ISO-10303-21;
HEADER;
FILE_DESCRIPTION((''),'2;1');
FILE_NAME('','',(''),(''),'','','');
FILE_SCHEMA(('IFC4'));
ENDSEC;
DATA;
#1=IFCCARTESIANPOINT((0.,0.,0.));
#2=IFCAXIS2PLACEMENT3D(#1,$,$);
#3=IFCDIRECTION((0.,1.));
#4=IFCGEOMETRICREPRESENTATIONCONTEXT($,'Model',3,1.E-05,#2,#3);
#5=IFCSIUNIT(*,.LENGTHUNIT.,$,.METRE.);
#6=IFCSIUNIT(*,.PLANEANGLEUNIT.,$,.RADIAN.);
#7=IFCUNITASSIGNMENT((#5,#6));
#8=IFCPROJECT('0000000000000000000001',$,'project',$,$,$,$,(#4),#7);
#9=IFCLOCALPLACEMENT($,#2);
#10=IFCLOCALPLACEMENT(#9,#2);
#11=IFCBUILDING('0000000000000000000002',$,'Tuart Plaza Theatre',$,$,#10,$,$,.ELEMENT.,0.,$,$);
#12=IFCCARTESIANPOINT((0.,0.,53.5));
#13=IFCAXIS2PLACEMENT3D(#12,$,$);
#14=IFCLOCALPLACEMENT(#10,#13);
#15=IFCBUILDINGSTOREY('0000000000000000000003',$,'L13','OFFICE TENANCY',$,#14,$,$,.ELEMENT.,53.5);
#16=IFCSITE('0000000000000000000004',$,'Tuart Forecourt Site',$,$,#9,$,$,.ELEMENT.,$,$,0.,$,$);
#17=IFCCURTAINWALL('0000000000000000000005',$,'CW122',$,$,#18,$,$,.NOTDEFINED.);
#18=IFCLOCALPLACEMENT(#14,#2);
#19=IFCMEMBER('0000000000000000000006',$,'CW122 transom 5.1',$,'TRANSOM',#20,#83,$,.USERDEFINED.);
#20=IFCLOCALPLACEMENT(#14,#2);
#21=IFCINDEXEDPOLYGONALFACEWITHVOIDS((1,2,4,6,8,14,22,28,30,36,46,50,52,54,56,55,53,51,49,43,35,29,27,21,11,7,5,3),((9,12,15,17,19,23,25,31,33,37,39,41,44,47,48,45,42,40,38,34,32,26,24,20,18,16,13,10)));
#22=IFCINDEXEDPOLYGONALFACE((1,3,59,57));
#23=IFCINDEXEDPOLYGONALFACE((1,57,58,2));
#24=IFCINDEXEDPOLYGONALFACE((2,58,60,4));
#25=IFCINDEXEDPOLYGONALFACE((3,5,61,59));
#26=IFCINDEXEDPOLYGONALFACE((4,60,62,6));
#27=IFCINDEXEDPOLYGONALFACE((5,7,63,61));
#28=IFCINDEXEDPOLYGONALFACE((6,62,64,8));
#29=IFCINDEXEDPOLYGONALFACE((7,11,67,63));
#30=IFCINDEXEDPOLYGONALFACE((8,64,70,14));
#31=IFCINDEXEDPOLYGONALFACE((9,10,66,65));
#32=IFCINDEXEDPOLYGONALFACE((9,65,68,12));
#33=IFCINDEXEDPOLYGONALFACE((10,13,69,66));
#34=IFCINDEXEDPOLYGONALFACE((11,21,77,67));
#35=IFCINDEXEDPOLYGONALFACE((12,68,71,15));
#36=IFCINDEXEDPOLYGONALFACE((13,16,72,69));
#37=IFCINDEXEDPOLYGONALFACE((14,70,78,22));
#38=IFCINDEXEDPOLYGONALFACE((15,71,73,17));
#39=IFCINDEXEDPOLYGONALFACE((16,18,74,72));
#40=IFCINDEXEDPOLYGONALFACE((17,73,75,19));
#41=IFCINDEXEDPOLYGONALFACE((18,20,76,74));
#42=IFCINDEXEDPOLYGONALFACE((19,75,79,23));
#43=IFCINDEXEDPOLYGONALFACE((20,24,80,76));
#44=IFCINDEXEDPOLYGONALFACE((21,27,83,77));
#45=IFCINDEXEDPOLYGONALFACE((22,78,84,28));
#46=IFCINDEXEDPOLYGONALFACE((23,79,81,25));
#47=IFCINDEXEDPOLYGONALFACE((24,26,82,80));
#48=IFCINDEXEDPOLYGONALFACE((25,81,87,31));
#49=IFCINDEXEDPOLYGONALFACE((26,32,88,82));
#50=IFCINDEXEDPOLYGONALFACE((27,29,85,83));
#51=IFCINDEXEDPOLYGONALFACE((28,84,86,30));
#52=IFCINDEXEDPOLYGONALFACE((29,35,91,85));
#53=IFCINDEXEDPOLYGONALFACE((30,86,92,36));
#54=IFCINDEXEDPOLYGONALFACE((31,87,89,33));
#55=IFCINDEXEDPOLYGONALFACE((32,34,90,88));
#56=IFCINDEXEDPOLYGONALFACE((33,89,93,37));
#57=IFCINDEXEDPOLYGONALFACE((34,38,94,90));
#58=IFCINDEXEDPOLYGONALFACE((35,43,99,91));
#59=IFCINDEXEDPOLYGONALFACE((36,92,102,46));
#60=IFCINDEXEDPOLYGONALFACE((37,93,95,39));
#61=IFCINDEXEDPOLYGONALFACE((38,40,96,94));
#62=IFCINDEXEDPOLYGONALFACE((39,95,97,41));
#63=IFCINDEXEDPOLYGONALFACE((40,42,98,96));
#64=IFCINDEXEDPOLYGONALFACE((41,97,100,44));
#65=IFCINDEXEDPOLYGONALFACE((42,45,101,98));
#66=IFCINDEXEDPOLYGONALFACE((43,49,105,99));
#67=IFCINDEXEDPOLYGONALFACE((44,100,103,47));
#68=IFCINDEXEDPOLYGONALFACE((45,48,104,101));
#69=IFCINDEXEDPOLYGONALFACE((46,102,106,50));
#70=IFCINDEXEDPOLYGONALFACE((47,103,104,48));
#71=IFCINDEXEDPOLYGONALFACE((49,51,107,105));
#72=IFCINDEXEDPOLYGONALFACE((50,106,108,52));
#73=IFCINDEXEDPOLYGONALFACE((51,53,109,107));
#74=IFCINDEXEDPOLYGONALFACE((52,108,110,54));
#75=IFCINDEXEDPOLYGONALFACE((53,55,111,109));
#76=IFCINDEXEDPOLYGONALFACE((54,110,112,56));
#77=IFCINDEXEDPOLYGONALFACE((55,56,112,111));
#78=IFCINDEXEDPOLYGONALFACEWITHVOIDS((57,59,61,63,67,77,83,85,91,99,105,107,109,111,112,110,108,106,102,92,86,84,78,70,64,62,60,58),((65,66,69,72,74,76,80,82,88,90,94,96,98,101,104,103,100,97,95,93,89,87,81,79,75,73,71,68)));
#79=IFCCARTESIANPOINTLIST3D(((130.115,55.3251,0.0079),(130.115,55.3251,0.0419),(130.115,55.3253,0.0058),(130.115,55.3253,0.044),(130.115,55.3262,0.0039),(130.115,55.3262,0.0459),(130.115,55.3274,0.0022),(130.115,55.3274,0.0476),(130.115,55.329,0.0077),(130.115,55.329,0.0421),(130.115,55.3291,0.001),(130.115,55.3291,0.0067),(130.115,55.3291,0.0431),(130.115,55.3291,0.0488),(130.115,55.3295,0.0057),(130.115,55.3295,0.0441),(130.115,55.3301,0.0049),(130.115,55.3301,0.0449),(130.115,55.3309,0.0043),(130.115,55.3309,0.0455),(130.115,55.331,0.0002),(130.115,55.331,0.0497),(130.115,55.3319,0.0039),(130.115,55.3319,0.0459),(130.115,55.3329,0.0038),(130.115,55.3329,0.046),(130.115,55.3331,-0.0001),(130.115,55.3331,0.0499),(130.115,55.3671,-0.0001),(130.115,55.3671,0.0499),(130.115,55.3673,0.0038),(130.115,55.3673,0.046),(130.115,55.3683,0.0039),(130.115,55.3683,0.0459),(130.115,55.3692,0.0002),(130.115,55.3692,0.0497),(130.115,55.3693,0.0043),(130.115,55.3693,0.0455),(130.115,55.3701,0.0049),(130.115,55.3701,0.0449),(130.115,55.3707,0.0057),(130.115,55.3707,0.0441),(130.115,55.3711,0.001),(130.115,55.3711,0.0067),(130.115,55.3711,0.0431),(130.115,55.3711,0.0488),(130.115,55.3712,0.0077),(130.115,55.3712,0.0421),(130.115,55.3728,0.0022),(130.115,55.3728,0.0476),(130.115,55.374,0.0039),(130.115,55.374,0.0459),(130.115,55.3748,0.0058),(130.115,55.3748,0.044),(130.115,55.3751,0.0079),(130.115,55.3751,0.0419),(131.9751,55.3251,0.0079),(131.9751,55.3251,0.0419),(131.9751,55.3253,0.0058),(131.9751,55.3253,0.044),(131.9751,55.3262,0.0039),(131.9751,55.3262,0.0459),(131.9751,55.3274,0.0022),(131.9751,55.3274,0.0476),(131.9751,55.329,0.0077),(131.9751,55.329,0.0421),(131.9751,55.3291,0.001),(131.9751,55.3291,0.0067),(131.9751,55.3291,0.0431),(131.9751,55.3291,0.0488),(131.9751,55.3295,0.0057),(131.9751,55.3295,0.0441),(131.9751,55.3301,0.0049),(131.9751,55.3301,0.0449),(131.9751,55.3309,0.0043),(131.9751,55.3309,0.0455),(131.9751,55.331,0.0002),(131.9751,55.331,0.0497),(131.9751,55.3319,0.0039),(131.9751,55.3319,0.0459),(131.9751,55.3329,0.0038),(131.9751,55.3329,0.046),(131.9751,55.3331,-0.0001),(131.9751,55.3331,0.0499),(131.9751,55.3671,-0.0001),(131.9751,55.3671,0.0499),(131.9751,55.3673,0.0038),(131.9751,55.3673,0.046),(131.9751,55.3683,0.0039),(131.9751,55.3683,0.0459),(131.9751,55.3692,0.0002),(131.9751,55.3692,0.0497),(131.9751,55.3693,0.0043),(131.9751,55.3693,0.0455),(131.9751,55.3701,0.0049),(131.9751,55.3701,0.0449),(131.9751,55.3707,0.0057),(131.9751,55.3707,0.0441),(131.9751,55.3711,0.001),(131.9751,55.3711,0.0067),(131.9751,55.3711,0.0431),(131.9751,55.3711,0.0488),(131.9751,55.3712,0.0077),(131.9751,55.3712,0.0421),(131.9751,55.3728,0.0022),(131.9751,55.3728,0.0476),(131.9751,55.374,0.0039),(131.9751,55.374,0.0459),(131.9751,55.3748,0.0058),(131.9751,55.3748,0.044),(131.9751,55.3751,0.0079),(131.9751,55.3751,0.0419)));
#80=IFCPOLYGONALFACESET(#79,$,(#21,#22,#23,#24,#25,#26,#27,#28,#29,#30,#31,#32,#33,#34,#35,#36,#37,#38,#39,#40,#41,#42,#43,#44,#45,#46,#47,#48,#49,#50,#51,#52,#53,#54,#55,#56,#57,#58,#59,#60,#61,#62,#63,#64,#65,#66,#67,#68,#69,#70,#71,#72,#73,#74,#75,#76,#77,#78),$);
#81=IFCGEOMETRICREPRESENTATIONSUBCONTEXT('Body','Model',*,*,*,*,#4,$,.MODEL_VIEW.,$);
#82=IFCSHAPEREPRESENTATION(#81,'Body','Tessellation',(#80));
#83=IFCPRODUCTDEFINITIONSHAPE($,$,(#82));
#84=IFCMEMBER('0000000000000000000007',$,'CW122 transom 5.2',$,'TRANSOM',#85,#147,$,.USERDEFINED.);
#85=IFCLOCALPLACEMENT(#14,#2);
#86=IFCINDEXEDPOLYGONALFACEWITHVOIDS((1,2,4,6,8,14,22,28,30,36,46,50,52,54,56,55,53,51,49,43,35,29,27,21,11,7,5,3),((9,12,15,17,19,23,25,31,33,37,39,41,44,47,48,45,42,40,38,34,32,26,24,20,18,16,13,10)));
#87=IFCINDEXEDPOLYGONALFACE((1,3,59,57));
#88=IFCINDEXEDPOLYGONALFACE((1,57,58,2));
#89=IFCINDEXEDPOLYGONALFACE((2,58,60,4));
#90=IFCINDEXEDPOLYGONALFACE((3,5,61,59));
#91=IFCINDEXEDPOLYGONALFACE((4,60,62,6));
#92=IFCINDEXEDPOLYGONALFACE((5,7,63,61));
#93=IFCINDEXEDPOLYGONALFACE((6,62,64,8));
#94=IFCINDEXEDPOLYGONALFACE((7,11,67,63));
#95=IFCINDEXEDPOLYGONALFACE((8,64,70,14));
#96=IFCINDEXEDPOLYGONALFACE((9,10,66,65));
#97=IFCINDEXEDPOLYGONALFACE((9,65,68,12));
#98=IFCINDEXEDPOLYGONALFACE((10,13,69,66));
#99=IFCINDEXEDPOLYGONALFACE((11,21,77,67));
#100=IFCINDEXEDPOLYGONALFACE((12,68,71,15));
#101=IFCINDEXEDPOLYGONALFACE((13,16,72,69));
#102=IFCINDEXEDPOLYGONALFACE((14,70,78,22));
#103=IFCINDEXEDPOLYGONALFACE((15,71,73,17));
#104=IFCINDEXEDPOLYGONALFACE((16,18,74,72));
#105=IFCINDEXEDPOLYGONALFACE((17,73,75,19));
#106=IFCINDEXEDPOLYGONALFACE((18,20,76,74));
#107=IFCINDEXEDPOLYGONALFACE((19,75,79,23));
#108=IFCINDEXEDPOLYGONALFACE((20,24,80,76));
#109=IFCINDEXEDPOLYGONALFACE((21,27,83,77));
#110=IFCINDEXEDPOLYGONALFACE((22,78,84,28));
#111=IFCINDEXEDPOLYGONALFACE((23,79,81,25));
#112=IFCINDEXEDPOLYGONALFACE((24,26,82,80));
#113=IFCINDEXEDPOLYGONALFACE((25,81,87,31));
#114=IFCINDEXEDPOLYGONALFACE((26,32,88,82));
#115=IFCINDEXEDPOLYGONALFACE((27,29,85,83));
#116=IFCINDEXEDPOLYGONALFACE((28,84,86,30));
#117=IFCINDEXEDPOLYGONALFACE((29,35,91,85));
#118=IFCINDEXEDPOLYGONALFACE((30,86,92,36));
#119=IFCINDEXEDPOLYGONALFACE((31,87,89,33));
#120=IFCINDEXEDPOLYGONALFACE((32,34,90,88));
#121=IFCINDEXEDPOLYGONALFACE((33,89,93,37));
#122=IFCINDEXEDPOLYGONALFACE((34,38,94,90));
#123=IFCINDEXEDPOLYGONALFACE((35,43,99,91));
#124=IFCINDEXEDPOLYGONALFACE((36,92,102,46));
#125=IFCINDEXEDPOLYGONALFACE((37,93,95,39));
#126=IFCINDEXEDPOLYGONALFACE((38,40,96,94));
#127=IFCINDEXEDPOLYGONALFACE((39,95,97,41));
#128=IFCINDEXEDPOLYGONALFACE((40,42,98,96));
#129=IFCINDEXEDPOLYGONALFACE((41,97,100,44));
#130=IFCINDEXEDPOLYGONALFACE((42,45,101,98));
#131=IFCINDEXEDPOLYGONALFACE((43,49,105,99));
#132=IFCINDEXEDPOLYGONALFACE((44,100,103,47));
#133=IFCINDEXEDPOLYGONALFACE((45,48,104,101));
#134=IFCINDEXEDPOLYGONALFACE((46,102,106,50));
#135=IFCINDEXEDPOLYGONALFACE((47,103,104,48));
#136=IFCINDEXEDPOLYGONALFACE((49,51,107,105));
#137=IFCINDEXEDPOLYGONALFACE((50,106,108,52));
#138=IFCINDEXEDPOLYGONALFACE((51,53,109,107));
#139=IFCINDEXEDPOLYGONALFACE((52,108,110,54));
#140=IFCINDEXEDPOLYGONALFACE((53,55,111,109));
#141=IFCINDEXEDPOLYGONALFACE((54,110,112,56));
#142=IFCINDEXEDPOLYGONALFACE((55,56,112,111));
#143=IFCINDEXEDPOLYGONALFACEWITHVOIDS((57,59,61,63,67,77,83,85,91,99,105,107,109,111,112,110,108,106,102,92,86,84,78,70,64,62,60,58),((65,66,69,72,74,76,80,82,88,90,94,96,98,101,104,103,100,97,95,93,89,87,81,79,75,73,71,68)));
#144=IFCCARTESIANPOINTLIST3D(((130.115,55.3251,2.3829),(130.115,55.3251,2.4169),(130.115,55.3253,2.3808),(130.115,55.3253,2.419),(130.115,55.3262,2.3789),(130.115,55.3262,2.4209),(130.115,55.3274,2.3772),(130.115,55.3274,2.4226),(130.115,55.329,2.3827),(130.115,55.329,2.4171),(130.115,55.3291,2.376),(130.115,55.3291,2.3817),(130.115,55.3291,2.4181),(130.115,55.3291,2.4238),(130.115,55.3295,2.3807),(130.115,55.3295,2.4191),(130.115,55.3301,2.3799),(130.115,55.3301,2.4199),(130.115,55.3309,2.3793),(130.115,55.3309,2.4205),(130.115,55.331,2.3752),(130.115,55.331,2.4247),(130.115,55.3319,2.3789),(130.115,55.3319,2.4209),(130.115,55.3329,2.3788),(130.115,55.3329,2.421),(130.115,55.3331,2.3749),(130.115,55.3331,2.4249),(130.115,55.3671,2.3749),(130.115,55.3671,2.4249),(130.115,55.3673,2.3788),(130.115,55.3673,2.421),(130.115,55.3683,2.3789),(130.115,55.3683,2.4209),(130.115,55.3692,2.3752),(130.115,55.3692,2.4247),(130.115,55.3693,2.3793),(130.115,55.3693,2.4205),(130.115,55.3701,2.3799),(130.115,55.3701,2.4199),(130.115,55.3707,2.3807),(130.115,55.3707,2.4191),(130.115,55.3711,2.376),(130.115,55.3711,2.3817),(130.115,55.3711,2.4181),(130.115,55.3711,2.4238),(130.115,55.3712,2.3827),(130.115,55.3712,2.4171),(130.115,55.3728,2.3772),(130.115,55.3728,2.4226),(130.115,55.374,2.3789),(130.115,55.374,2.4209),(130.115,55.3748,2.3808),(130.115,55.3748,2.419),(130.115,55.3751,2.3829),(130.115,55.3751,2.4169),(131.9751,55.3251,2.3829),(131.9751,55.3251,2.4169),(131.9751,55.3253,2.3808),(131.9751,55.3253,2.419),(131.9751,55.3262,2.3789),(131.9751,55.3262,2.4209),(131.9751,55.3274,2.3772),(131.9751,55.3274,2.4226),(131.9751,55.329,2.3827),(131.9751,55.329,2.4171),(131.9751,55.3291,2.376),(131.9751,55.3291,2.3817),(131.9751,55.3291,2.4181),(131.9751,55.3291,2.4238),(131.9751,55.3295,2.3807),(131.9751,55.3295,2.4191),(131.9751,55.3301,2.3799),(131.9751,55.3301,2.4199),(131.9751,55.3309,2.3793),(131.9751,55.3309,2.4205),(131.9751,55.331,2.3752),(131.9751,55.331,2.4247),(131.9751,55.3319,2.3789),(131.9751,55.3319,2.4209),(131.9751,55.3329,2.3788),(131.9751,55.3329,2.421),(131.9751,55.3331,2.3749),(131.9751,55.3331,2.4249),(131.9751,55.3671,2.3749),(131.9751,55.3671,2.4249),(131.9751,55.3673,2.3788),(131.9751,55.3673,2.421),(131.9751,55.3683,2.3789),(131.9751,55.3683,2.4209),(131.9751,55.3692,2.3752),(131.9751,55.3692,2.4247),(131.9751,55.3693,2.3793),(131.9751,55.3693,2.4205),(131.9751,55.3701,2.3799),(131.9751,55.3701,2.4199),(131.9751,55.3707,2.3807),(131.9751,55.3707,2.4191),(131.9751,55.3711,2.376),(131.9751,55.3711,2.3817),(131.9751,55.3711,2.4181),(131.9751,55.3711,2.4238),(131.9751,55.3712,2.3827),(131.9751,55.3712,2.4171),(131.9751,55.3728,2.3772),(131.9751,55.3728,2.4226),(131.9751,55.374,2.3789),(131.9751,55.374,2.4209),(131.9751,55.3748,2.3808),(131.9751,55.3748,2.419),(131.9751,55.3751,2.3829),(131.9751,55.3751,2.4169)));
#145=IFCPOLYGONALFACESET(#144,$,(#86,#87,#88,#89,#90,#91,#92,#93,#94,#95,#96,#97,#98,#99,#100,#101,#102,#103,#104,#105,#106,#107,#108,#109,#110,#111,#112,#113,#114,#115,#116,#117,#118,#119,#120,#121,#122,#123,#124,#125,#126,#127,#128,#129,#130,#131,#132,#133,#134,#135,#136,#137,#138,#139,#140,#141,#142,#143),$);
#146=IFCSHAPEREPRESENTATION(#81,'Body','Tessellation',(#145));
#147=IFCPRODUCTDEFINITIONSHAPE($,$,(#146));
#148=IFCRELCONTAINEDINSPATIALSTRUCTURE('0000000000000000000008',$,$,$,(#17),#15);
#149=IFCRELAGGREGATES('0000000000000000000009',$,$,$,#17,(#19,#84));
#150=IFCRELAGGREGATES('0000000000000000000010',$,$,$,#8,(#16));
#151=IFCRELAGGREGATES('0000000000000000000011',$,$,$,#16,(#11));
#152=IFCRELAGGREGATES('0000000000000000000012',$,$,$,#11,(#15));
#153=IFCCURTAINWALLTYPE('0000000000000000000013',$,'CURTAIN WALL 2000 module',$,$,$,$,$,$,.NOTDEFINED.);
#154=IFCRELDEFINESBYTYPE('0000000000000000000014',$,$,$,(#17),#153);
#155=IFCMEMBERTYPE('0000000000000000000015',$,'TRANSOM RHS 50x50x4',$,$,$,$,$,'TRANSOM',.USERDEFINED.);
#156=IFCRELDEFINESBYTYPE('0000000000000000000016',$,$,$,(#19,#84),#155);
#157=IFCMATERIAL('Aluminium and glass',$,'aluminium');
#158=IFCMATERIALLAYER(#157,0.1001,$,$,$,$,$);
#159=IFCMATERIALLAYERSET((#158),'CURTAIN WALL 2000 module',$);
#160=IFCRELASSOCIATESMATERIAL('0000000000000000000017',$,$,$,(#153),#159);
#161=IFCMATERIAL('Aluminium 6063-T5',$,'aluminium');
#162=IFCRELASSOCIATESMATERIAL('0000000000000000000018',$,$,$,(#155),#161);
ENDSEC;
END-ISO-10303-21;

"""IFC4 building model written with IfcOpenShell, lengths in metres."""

from ifc_helpers import new_model, si_unit, direction, frame, origin, origin_2d, place, context, subcontext, project, spatial, hollow_rectangle, extrude, material, layer, layer_set, material_profile, profile_set, type_object, element, aggregate, save


model = new_model("IFC4")

# Units and contexts
model_context = context("Model", 3, precision=1e-05, world=origin(), true_north=direction((0.0, 1.0)))
body_context = subcontext(model_context, "Body", "Model", "MODEL_VIEW")
ifc_project = project(units=[si_unit("LENGTHUNIT", "METRE"), si_unit("PLANEANGLEUNIT", "RADIAN")], contexts=[model_context])

# Site, building, storey
site_placement = place(None, origin())
site = spatial("IfcSite", under=ifc_project, at=site_placement, Name="Tuart Forecourt Site", CompositionType="ELEMENT", RefElevation=0.0)
building_placement = place(site_placement, origin())
building = spatial("IfcBuilding", under=site, at=building_placement, Name="Tuart Plaza Theatre", CompositionType="ELEMENT", ElevationOfRefHeight=0.0)
storey_placement = place(building_placement, frame((0.0, 0.0, 53.5)))
storey = spatial("IfcBuildingStorey", under=building, at=storey_placement, Name="L13", Description="OFFICE TENANCY", CompositionType="ELEMENT", Elevation=53.5)

# Curtain wall, members
ifc_material_1 = material(Name="Aluminium and glass", Category="aluminium")
ifc_layer_1 = layer(ifc_material_1, 0.1001)
ifc_layer_set_1 = layer_set([ifc_layer_1], Name="CURTAIN WALL 2000 module")
curtain_wall_type = type_object("IfcCurtainWallType", Name="CURTAIN WALL 2000 module", PredefinedType="NOTDEFINED", material=ifc_layer_set_1)
curtain_wall_placement = place(storey_placement, origin())
curtain_wall = element("IfcCurtainWall", 1, at=curtain_wall_placement, inside=storey, type_object=curtain_wall_type, Name="CW122", PredefinedType="NOTDEFINED")
ifc_material_2 = material(Name="Aluminium 6063-T5", Category="aluminium")
ifc_material_profile_1 = material_profile(ifc_material_2, hollow_rectangle(XDim=0.05, YDim=0.05, WallThickness=0.0039, InnerFilletRadius=0.0039, OuterFilletRadius=0.0081, at=origin_2d()), Name="RHS 50x50x4")
ifc_profile_set_1 = profile_set([ifc_material_profile_1], Name="Aluminium 6063-T5")
member_type_1 = type_object("IfcMemberType", Name="TRANSOM RHS 50x50x4", ElementType="TRANSOM", PredefinedType="USERDEFINED", material=ifc_profile_set_1)
member_1_placement = place(storey_placement, frame((130.115, 55.3501, 0.0249), z_axis=(1.0, 0.0, 0.0), x_axis=(0.0, 1.0, 0.0)))
member_1 = element("IfcMember", 2, at=member_1_placement, type_object=member_type_1, Name="CW122 transom 5.1", ObjectType="TRANSOM", PredefinedType="USERDEFINED", context=body_context, shape_type="SweptSolid", body=[
    extrude(hollow_rectangle(XDim=0.05, YDim=0.05, WallThickness=0.0039, InnerFilletRadius=0.0039, OuterFilletRadius=0.0081, at=origin_2d()), origin(), (0.0, 0.0, 1.0), 1.8601),
])
member_2_placement = place(storey_placement, frame((130.115, 55.3501, 2.3999), z_axis=(1.0, 0.0, 0.0), x_axis=(0.0, 1.0, 0.0)))
member_2 = element("IfcMember", 3, at=member_2_placement, type_object=member_type_1, Name="CW122 transom 5.2", ObjectType="TRANSOM", PredefinedType="USERDEFINED", context=body_context, shape_type="SweptSolid", body=[
    extrude(hollow_rectangle(XDim=0.05, YDim=0.05, WallThickness=0.0039, InnerFilletRadius=0.0039, OuterFilletRadius=0.0081, at=origin_2d()), origin(), (0.0, 0.0, 1.0), 1.8601),
])
aggregate(curtain_wall, [member_1, member_2])

save(model, "model.ifc")
